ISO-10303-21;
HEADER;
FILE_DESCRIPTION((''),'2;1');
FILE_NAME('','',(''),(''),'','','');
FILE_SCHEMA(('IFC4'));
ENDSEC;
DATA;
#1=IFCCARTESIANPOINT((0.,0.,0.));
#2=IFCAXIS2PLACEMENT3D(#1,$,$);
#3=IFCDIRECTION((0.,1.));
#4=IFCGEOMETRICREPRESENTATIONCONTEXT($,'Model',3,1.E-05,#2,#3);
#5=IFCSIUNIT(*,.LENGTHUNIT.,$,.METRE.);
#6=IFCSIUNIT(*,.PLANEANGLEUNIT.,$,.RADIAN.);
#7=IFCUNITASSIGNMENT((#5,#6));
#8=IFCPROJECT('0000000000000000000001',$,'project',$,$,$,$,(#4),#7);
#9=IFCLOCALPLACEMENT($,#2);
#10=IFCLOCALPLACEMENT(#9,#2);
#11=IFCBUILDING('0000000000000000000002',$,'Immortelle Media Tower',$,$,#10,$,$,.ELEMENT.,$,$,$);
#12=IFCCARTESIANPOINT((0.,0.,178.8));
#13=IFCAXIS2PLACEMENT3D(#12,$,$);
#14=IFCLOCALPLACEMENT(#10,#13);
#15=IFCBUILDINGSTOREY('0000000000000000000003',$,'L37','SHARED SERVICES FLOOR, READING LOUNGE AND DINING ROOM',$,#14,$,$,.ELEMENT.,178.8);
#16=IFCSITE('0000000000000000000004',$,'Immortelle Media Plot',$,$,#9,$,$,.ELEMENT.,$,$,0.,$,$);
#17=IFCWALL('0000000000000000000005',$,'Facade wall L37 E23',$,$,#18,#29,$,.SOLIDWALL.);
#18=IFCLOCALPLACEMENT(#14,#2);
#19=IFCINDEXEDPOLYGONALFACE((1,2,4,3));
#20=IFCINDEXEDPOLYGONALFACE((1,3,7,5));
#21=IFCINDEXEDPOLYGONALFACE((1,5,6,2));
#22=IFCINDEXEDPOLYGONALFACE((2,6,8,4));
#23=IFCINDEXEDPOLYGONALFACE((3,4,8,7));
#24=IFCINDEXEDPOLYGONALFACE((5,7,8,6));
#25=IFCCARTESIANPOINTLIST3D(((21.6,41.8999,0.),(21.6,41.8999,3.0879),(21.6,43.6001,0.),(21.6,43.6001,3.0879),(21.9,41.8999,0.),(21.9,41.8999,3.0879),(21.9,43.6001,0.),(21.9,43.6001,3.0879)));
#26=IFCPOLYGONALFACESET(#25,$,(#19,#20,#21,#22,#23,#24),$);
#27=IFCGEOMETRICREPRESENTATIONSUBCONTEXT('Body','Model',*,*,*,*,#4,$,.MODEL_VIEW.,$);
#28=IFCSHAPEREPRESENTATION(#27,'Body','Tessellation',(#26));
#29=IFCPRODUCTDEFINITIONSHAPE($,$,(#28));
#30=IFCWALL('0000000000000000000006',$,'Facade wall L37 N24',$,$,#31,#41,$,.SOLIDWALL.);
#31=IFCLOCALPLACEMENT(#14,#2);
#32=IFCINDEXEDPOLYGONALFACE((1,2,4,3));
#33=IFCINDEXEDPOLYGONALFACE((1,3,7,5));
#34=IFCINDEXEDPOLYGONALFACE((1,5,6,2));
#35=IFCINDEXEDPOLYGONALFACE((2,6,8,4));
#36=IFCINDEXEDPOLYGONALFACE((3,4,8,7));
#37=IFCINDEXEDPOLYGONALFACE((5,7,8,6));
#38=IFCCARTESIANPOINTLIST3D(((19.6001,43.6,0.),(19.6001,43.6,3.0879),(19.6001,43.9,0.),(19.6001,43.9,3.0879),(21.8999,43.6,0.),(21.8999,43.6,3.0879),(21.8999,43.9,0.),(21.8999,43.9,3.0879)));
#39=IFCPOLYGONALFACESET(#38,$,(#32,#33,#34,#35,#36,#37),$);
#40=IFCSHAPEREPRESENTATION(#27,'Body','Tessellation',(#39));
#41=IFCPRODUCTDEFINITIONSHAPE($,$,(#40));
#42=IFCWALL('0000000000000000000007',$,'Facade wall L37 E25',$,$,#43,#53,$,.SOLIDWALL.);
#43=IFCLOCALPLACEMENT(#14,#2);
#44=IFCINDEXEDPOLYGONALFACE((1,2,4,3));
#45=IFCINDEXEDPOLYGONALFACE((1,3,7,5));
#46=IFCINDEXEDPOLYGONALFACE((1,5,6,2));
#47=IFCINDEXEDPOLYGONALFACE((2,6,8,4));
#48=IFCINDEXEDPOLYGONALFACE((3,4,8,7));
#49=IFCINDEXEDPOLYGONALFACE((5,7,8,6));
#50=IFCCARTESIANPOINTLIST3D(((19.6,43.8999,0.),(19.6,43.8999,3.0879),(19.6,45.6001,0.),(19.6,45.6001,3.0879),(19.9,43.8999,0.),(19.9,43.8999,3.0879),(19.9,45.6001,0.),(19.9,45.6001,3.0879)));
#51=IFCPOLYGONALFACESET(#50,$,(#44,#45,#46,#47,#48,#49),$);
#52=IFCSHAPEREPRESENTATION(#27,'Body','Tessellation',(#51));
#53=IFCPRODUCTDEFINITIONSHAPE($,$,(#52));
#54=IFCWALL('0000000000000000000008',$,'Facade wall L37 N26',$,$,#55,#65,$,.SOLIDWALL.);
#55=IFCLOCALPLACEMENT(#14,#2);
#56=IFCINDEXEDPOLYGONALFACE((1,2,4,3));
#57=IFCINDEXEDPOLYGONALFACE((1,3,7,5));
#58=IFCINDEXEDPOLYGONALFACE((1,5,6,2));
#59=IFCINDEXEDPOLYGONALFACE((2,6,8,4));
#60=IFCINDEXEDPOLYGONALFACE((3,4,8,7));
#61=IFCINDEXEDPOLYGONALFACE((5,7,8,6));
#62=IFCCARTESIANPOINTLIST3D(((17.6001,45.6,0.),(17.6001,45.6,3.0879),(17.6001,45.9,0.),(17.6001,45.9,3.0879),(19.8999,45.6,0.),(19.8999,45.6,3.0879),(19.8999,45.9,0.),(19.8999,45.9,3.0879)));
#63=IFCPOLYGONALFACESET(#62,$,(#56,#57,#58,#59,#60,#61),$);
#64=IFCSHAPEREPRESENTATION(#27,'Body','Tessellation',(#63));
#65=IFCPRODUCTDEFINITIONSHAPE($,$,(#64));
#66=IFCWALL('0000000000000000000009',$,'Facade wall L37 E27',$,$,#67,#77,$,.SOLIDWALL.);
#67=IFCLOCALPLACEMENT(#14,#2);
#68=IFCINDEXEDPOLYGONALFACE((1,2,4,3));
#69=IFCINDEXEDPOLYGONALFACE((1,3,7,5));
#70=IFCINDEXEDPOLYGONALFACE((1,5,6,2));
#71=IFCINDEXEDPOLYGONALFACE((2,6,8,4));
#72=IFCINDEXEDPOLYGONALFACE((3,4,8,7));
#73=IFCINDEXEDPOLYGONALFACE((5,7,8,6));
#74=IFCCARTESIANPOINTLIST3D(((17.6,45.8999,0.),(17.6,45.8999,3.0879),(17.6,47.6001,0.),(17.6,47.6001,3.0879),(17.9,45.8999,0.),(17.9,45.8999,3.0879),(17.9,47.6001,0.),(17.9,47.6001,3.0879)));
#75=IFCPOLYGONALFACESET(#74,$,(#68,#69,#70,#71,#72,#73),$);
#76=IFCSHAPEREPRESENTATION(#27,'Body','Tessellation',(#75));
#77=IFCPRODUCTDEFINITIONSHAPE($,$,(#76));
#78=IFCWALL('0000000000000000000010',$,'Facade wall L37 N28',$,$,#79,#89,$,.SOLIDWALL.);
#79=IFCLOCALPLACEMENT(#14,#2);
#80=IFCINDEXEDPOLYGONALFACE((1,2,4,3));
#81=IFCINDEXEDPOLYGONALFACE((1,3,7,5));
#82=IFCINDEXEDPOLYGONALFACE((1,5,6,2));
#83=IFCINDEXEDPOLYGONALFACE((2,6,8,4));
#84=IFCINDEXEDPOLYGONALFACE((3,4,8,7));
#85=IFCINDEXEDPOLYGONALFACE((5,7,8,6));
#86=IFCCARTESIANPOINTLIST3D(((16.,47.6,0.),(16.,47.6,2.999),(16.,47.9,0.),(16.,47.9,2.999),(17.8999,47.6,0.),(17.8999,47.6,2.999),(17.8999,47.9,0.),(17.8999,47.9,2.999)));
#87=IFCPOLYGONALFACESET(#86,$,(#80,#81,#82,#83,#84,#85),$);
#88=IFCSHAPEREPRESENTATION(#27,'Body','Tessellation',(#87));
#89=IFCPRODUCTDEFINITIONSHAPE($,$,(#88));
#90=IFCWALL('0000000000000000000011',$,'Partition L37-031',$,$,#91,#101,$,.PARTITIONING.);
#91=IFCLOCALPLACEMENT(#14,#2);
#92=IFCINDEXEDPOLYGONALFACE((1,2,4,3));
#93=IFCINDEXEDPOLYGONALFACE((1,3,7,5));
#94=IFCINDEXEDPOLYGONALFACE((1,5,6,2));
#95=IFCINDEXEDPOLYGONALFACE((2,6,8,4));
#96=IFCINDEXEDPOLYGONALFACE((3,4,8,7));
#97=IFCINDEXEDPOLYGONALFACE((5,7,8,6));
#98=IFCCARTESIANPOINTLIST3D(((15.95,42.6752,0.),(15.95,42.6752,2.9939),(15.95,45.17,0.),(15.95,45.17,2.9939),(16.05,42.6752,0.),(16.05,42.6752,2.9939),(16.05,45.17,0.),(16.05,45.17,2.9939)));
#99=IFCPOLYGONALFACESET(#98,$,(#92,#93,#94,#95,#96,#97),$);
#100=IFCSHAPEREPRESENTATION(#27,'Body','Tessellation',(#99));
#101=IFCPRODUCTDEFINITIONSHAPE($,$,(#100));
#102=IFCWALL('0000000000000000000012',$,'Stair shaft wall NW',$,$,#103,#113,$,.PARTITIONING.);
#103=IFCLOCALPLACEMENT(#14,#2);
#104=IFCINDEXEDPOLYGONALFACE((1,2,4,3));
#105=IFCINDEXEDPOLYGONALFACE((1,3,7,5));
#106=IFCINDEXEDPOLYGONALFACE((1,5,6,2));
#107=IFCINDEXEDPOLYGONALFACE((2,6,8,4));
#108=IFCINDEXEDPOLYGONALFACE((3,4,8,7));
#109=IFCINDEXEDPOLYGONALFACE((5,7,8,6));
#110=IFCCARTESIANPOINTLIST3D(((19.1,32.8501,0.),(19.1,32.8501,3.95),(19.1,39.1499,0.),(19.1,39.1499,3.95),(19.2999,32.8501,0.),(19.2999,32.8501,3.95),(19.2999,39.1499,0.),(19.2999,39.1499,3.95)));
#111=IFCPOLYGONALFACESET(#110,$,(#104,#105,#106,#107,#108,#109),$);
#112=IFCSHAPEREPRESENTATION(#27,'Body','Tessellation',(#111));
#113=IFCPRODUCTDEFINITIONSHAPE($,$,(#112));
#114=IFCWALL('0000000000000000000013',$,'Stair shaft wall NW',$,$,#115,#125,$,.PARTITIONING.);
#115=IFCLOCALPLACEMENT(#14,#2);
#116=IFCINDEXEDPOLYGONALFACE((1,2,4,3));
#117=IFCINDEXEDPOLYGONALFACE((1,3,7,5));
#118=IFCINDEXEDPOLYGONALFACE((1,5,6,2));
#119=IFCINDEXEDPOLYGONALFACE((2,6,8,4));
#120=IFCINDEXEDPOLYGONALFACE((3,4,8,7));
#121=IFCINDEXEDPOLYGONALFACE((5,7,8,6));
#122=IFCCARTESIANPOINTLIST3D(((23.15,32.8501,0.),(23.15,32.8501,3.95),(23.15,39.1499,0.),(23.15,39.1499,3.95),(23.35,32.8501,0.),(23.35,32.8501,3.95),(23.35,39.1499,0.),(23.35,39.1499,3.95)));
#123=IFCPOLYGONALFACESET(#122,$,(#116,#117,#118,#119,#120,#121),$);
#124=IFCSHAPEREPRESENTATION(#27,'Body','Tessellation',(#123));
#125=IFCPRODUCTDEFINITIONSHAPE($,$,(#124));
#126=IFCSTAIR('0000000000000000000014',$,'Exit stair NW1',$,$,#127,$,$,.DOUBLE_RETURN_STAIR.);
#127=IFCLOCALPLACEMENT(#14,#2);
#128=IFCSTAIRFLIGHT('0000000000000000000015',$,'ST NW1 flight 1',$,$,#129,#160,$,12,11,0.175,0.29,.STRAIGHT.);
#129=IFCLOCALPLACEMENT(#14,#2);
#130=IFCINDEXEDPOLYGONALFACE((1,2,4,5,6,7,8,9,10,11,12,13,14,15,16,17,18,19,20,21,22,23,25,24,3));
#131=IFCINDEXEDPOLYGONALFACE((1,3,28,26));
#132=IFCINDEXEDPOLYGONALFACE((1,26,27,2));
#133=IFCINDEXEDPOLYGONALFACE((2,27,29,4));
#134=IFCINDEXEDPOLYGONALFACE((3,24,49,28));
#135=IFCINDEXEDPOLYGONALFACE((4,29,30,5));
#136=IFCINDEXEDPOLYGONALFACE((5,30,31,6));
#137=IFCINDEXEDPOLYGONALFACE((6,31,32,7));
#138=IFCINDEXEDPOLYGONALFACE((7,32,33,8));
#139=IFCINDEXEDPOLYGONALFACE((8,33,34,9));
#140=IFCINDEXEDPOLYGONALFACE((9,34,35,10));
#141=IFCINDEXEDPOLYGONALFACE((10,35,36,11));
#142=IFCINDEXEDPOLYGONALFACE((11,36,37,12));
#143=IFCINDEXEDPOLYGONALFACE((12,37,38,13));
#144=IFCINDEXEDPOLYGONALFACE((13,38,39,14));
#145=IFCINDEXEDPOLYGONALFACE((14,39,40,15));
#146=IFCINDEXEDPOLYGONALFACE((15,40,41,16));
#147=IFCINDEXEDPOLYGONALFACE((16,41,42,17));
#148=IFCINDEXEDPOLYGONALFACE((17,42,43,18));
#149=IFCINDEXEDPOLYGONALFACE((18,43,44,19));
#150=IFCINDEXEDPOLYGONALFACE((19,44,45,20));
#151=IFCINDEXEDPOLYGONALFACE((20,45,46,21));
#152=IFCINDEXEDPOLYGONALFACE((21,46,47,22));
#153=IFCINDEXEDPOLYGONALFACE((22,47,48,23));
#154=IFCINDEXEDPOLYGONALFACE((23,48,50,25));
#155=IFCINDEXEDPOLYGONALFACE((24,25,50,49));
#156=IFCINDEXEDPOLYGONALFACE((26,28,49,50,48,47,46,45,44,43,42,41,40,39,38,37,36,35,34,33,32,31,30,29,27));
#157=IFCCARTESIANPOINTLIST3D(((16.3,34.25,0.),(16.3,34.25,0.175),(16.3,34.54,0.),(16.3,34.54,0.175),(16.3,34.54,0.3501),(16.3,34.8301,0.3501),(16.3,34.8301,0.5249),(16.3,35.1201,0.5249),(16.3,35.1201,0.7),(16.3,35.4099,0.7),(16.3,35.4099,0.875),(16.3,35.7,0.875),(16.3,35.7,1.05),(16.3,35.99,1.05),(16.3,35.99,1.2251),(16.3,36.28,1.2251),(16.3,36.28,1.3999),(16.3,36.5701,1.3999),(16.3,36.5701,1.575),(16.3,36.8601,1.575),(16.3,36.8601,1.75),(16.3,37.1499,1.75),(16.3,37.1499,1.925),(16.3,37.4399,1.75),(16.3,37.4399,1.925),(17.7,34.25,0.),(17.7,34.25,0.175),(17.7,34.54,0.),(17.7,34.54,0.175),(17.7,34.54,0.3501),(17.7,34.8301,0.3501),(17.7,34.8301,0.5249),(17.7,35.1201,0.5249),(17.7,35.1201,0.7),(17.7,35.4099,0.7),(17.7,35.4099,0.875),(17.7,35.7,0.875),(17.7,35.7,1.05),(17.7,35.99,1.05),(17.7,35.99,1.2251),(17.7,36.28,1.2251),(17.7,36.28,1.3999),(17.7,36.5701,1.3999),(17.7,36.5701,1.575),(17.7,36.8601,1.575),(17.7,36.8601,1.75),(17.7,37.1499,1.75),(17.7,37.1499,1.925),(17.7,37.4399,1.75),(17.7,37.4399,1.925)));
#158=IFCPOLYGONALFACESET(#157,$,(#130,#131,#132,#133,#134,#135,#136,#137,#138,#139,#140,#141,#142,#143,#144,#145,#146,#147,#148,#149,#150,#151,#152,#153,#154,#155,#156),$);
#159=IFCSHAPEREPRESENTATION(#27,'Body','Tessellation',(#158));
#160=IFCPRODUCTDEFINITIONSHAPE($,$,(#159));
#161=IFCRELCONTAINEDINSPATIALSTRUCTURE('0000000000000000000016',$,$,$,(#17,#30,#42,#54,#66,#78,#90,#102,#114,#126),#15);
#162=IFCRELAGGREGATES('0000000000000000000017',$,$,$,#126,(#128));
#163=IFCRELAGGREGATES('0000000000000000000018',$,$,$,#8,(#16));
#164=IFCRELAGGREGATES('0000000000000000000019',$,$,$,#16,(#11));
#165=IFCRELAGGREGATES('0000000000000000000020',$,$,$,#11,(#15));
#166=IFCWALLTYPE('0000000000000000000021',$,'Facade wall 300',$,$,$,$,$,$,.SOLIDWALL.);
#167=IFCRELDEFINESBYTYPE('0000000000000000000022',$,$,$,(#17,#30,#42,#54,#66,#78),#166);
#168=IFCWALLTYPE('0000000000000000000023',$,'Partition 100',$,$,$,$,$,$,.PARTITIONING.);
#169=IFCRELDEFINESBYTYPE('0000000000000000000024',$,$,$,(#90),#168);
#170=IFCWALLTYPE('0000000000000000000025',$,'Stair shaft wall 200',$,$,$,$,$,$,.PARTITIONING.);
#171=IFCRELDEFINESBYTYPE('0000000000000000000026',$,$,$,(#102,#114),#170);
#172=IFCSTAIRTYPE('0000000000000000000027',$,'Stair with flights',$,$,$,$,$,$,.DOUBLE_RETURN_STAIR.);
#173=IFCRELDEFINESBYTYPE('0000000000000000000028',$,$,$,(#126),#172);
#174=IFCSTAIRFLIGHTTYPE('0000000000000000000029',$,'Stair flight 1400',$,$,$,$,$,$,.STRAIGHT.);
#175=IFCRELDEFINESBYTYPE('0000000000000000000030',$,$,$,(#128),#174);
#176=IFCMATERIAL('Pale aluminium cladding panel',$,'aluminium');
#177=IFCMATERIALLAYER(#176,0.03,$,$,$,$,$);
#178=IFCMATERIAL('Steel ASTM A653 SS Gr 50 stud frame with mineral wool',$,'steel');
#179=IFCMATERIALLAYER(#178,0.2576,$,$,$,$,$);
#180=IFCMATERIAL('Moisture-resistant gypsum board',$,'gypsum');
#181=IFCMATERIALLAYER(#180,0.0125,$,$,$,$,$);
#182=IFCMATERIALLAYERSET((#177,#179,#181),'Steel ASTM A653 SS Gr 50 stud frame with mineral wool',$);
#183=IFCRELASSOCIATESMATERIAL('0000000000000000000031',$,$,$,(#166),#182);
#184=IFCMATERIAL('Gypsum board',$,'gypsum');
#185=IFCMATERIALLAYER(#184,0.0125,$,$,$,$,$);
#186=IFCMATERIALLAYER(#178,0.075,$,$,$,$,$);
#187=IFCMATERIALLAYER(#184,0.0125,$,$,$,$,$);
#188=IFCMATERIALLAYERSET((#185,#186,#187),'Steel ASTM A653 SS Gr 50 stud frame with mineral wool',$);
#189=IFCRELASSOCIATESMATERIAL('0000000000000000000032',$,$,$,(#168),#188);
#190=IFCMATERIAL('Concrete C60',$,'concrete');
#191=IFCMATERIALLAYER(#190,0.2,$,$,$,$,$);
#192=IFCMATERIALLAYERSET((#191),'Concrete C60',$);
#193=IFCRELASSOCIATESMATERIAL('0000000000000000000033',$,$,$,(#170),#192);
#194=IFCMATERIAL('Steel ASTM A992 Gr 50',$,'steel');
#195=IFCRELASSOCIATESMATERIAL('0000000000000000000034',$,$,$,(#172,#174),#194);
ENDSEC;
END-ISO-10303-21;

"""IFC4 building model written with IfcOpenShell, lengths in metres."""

from ifc_helpers import new_model, si_unit, direction, frame, frame_2d, origin, place, context, subcontext, project, spatial, polyline, rectangle, outline, extrude, material, layer, layer_set, type_object, element, aggregate, save


model = new_model("IFC4")

# Units and contexts
model_context = context("Model", 3, precision=1e-05, world=origin(), true_north=direction((0.0, 1.0)))
body_context = subcontext(model_context, "Body", "Model", "MODEL_VIEW")
ifc_project = project(units=[si_unit("LENGTHUNIT", "METRE"), si_unit("PLANEANGLEUNIT", "RADIAN")], contexts=[model_context])

# Site, building, storey
site_placement = place(None, origin())
site = spatial("IfcSite", under=ifc_project, at=site_placement, Name="Immortelle Media Plot", CompositionType="ELEMENT", RefElevation=0.0)
building_placement = place(site_placement, origin())
building = spatial("IfcBuilding", under=site, at=building_placement, Name="Immortelle Media Tower", CompositionType="ELEMENT")
storey_placement = place(building_placement, frame((0.0, 0.0, 178.8)))
storey = spatial("IfcBuildingStorey", under=building, at=storey_placement, Name="L37", Description="SHARED SERVICES FLOOR, READING LOUNGE AND DINING ROOM", CompositionType="ELEMENT", Elevation=178.8)

# Shared definitions
ifc_material_1 = material(Name="Steel ASTM A992 Gr 50", Category="steel")

# Walls
ifc_material_2 = material(Name="Pale aluminium cladding panel", Category="aluminium")
ifc_layer_1 = layer(ifc_material_2, 0.03)
ifc_material_3 = material(Name="Steel ASTM A653 SS Gr 50 stud frame with mineral wool", Category="steel")
ifc_layer_2 = layer(ifc_material_3, 0.2576)
ifc_material_4 = material(Name="Moisture-resistant gypsum board", Category="gypsum")
ifc_layer_3 = layer(ifc_material_4, 0.0125)
ifc_layer_set_1 = layer_set([ifc_layer_1, ifc_layer_2, ifc_layer_3], Name="Steel ASTM A653 SS Gr 50 stud frame with mineral wool")
wall_type_1 = type_object("IfcWallType", Name="Facade wall 300", PredefinedType="SOLIDWALL", material=ifc_layer_set_1)
wall_1_placement = place(storey_placement, frame((21.75, 41.8999, 0.0), z_axis=(0.0, 0.0, 1.0), x_axis=(0.0, 1.0, 0.0)))
element("IfcWall", 1, at=wall_1_placement, inside=storey, type_object=wall_type_1, Name="Facade wall L37 E23", PredefinedType="SOLIDWALL", context=body_context, shape_type="SweptSolid", body=[
    extrude(rectangle(XDim=1.7002, YDim=0.3, at=frame_2d((0.8501, 0.0))), origin(), (0.0, 0.0, 1.0), 3.0879),
])
wall_2_placement = place(storey_placement, frame((21.8999, 43.75, 0.0), z_axis=(0.0, 0.0, 1.0), x_axis=(-1.0, 0.0, 0.0)))
element("IfcWall", 2, at=wall_2_placement, inside=storey, type_object=wall_type_1, Name="Facade wall L37 N24", PredefinedType="SOLIDWALL", context=body_context, shape_type="SweptSolid", body=[
    extrude(rectangle(XDim=2.2998, YDim=0.3, at=frame_2d((1.1499, 0.0))), origin(), (0.0, 0.0, 1.0), 3.0879),
])
wall_3_placement = place(storey_placement, frame((19.75, 43.8999, 0.0), z_axis=(0.0, 0.0, 1.0), x_axis=(0.0, 1.0, 0.0)))
element("IfcWall", 3, at=wall_3_placement, inside=storey, type_object=wall_type_1, Name="Facade wall L37 E25", PredefinedType="SOLIDWALL", context=body_context, shape_type="SweptSolid", body=[
    extrude(rectangle(XDim=1.7002, YDim=0.3, at=frame_2d((0.8501, 0.0))), origin(), (0.0, 0.0, 1.0), 3.0879),
])
wall_4_placement = place(storey_placement, frame((19.8999, 45.75, 0.0), z_axis=(0.0, 0.0, 1.0), x_axis=(-1.0, 0.0, 0.0)))
element("IfcWall", 4, at=wall_4_placement, inside=storey, type_object=wall_type_1, Name="Facade wall L37 N26", PredefinedType="SOLIDWALL", context=body_context, shape_type="SweptSolid", body=[
    extrude(rectangle(XDim=2.2998, YDim=0.3, at=frame_2d((1.1499, 0.0))), origin(), (0.0, 0.0, 1.0), 3.0879),
])
wall_5_placement = place(storey_placement, frame((17.75, 45.8999, 0.0), z_axis=(0.0, 0.0, 1.0), x_axis=(0.0, 1.0, 0.0)))
element("IfcWall", 5, at=wall_5_placement, inside=storey, type_object=wall_type_1, Name="Facade wall L37 E27", PredefinedType="SOLIDWALL", context=body_context, shape_type="SweptSolid", body=[
    extrude(rectangle(XDim=1.7002, YDim=0.3, at=frame_2d((0.8501, 0.0))), origin(), (0.0, 0.0, 1.0), 3.0879),
])
wall_6_placement = place(storey_placement, frame((17.8999, 47.75, 0.0), z_axis=(0.0, 0.0, 1.0), x_axis=(-1.0, 0.0, 0.0)))
element("IfcWall", 6, at=wall_6_placement, inside=storey, type_object=wall_type_1, Name="Facade wall L37 N28", PredefinedType="SOLIDWALL", context=body_context, shape_type="SweptSolid", body=[
    extrude(rectangle(XDim=1.8999, YDim=0.3, at=frame_2d((0.95, 0.0))), origin(), (0.0, 0.0, 1.0), 2.999),
])
ifc_material_5 = material(Name="Gypsum board", Category="gypsum")
ifc_layer_4 = layer(ifc_material_5, 0.0125)
ifc_layer_5 = layer(ifc_material_3, 0.075)
ifc_layer_6 = layer(ifc_material_5, 0.0125)
ifc_layer_set_2 = layer_set([ifc_layer_4, ifc_layer_5, ifc_layer_6], Name="Steel ASTM A653 SS Gr 50 stud frame with mineral wool")
wall_type_2 = type_object("IfcWallType", Name="Partition 100", PredefinedType="PARTITIONING", material=ifc_layer_set_2)
wall_7_placement = place(storey_placement, frame((16.0, 42.675, 0.0), z_axis=(0.0, 0.0, 1.0), x_axis=(0.0, 1.0, 0.0)))
element("IfcWall", 7, at=wall_7_placement, inside=storey, type_object=wall_type_2, Name="Partition L37-031", PredefinedType="PARTITIONING", context=body_context, shape_type="SweptSolid", body=[
    extrude(rectangle(XDim=2.4949, YDim=0.1001, at=frame_2d((1.2476, 0.0))), origin(), (0.0, 0.0, 1.0), 2.9939),
])
ifc_material_6 = material(Name="Concrete C60", Category="concrete")
ifc_layer_7 = layer(ifc_material_6, 0.2)
ifc_layer_set_3 = layer_set([ifc_layer_7], Name="Concrete C60")
wall_type_3 = type_object("IfcWallType", Name="Stair shaft wall 200", PredefinedType="PARTITIONING", material=ifc_layer_set_3)
for number, where, z_axis, x_axis, name in (
    (8, (19.2, 32.8501, 0.0), (0.0, 0.0, 1.0), (0.0, 1.0, 0.0), "Stair shaft wall NW"),
    (9, (23.25, 32.8501, 0.0), (0.0, 0.0, 1.0), (0.0, 1.0, 0.0), "Stair shaft wall NW"),
):
    element("IfcWall", number, at=place(storey_placement, frame(where, z_axis=z_axis, x_axis=x_axis)), inside=storey, type_object=wall_type_3, Name=name, PredefinedType="PARTITIONING", context=body_context, shape_type="SweptSolid", body=[
        extrude(rectangle(XDim=6.2998, YDim=0.2, at=frame_2d((3.1499, 0.0))), origin(), (0.0, 0.0, 1.0), 3.95),
    ])

# Stair, stair flight
stair_type = type_object("IfcStairType", Name="Stair with flights", PredefinedType="DOUBLE_RETURN_STAIR", material=ifc_material_1)
stair_1_placement = place(storey_placement, origin())
stair_1 = element("IfcStair", 10, at=stair_1_placement, inside=storey, type_object=stair_type, Name="Exit stair NW1", PredefinedType="DOUBLE_RETURN_STAIR")
stair_flight_type = type_object("IfcStairFlightType", Name="Stair flight 1400", PredefinedType="STRAIGHT", material=ifc_material_1)
stair_flight_1_placement = place(storey_placement, frame((17.0, 34.25, 0.0), z_axis=(0.0, 0.0, 1.0), x_axis=(0.0, 1.0, 0.0)))
stair_flight_1 = element("IfcStairFlight", 11, at=stair_flight_1_placement, type_object=stair_flight_type, Name="ST NW1 flight 1", NumberOfRisers=12, NumberOfTreads=11, PredefinedType="STRAIGHT", RiserHeight=0.175, TreadLength=0.29, context=body_context, shape_type="SweptSolid", body=[
    extrude(outline(polyline([(0.0, 0.0), (0.0, 0.175), (0.29, 0.175), (0.29, 0.3501), (0.5801, 0.3501), (0.5801, 0.5249), (0.8701, 0.5249), (0.8701, 0.7), (1.1599, 0.7), (1.1599, 0.875), (1.45, 0.875), (1.45, 1.05), (1.74, 1.05), (1.74, 1.2251), (2.03, 1.2251), (2.03, 1.3999), (2.3201, 1.3999), (2.3201, 1.575), (2.6101, 1.575), (2.6101, 1.75), (2.8999, 1.75), (2.8999, 1.925), (3.1899, 1.925), (3.1899, 2.1001), (3.1899, 1.75), (0.29, 0.0), (0.0, 0.0)])), frame((0.0, 0.7, 0.0), z_axis=(0.0, -1.0, 0.0), x_axis=(1.0, 0.0, 0.0)), (0.0, 0.0, 1.0), 1.3999),
])
aggregate(stair_1, [stair_flight_1])

save(model, "model.ifc")
